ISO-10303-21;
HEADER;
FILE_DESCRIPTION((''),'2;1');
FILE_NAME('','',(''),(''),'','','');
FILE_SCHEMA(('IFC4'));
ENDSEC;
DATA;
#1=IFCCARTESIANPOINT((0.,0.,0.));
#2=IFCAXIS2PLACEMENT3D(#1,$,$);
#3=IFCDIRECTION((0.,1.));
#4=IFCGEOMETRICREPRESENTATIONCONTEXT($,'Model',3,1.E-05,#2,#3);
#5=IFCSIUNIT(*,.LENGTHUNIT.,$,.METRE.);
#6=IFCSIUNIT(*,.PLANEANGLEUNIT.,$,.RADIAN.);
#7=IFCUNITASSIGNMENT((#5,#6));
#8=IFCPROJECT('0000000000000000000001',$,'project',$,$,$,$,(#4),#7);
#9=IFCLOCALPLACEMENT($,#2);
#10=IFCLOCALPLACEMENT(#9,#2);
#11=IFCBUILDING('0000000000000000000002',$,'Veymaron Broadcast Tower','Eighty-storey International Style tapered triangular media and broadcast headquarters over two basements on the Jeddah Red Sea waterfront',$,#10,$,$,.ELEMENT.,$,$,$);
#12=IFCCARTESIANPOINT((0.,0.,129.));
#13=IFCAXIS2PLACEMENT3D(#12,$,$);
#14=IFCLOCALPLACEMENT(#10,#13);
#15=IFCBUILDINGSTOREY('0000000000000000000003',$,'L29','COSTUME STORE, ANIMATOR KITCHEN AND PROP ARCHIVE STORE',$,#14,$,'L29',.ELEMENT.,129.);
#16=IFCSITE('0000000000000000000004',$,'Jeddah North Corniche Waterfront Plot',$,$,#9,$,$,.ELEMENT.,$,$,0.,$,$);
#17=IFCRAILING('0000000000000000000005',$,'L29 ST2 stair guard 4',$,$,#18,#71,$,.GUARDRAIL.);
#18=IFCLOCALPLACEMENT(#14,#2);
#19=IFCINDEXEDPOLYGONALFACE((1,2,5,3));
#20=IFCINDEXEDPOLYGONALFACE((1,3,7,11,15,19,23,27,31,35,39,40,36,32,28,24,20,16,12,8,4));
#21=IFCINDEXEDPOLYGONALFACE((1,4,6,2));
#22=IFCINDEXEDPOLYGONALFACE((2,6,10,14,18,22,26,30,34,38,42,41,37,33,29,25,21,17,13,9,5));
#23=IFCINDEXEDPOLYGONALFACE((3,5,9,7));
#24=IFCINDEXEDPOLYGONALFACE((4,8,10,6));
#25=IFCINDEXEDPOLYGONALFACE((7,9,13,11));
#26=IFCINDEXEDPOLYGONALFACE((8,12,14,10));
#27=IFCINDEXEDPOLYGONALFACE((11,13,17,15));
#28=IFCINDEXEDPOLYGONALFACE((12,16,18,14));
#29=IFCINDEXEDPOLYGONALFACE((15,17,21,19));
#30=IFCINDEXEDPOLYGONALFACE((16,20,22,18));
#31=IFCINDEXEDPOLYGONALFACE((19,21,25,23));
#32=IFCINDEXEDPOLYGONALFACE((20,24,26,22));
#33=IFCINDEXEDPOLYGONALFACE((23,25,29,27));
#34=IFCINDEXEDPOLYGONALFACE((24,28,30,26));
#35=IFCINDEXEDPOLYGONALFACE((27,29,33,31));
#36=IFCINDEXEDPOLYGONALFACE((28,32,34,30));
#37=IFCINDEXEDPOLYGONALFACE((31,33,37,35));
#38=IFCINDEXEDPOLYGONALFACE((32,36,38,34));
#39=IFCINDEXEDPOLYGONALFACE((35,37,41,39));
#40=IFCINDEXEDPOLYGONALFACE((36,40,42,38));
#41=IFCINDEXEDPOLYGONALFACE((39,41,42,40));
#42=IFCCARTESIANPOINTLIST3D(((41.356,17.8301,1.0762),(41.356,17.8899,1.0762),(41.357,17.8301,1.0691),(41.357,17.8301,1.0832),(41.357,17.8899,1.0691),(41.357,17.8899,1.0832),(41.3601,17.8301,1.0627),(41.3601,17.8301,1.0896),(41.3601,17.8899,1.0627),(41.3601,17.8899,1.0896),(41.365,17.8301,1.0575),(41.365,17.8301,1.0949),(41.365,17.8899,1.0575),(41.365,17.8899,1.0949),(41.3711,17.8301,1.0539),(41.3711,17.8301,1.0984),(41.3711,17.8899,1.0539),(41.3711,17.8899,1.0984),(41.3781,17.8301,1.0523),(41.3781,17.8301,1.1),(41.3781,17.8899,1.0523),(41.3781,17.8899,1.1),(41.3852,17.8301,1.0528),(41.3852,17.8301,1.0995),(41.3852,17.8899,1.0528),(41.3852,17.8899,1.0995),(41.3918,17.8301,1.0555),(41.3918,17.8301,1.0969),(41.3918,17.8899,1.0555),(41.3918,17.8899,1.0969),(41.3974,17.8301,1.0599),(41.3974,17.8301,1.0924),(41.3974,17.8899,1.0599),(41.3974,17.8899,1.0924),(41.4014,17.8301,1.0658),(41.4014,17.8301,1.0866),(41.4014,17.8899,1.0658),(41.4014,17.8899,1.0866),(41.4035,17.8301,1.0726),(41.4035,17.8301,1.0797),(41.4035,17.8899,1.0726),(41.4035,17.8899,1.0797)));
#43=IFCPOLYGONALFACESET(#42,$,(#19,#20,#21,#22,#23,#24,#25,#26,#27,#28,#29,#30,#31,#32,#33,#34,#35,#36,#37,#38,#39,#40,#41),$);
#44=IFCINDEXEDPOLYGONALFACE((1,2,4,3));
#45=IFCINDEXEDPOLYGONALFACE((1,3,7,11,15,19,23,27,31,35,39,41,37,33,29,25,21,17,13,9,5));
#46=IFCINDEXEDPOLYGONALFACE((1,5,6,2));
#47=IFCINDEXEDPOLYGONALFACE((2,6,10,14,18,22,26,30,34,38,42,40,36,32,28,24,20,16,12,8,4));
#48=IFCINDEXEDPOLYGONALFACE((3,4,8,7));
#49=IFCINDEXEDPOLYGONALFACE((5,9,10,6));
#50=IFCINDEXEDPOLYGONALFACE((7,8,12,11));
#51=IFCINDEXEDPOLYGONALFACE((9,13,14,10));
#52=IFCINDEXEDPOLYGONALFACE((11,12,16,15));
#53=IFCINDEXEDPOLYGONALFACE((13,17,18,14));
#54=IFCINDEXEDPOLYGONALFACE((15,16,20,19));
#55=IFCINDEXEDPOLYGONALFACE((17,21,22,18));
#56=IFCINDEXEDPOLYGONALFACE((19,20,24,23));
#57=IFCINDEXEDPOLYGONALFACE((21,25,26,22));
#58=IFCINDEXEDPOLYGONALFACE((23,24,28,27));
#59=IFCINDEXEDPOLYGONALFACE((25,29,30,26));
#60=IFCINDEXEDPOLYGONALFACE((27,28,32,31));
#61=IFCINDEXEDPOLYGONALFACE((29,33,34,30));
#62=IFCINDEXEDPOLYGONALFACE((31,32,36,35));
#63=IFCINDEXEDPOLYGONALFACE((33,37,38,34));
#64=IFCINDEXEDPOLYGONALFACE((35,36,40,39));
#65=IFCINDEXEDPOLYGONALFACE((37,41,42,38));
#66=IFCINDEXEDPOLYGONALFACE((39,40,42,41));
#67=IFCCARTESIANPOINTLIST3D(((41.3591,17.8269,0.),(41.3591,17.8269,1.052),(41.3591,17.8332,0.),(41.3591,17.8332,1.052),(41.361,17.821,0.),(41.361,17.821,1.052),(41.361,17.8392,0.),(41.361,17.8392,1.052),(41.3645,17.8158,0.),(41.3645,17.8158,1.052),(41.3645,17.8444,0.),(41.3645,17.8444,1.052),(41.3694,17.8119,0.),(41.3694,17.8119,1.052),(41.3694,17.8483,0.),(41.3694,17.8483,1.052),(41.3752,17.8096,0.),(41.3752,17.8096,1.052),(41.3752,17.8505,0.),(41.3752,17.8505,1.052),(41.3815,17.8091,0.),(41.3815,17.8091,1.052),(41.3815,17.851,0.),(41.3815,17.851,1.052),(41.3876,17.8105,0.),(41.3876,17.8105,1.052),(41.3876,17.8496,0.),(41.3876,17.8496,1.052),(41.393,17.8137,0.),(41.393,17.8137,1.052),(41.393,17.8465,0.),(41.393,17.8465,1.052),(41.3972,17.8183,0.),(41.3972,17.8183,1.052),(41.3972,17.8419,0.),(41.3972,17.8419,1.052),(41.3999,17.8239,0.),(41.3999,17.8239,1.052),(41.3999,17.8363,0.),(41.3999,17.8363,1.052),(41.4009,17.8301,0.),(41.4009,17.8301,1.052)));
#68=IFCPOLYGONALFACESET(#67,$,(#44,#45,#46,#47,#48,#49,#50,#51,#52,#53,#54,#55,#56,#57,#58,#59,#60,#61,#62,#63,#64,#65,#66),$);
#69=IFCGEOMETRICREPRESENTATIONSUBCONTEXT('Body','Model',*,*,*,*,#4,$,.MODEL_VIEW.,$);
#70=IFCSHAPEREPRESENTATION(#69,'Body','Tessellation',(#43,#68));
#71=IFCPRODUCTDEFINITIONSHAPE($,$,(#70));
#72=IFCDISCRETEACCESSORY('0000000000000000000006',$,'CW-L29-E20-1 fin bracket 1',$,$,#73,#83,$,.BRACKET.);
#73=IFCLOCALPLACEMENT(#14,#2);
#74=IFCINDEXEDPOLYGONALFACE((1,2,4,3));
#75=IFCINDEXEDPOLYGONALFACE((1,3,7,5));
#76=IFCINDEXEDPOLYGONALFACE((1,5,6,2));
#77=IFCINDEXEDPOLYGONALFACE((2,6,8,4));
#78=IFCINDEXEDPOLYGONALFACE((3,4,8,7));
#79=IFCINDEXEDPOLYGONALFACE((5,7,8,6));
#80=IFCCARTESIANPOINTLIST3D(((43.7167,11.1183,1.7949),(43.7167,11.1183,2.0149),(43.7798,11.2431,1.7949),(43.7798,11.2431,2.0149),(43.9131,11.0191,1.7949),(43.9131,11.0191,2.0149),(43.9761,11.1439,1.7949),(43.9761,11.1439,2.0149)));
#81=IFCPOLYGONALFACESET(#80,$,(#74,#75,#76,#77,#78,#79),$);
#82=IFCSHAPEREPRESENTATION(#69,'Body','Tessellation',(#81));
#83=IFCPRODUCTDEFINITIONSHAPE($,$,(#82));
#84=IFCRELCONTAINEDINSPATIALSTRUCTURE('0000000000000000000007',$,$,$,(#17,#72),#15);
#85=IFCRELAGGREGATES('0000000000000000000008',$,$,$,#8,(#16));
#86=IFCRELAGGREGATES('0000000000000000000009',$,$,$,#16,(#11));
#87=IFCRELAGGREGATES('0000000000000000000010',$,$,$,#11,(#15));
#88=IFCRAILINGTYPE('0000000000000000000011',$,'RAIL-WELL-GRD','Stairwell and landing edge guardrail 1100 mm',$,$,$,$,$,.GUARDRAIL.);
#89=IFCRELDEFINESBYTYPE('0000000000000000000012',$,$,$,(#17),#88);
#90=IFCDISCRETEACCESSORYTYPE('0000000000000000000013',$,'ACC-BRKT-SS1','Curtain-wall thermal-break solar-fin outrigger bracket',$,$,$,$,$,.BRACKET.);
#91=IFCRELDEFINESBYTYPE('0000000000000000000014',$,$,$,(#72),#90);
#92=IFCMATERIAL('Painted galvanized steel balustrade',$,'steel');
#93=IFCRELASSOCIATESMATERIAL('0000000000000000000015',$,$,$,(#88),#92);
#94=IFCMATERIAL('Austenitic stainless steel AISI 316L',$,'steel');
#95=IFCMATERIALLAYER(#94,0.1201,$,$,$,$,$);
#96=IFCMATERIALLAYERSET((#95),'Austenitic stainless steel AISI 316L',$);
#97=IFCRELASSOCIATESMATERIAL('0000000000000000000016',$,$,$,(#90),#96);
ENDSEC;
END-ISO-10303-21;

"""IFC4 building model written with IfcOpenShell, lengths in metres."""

from ifc_helpers import new_model, si_unit, direction, frame, origin, origin_2d, place, context, subcontext, project, spatial, rectangle, circle, extrude, material, layer, layer_set, type_object, element, save


model = new_model("IFC4")

# Units and contexts
model_context = context("Model", 3, precision=1e-05, world=origin(), true_north=direction((0.0, 1.0)))
body_context = subcontext(model_context, "Body", "Model", "MODEL_VIEW")
ifc_project = project(units=[si_unit("LENGTHUNIT", "METRE"), si_unit("PLANEANGLEUNIT", "RADIAN")], contexts=[model_context])

# Site, building, storey
site_placement = place(None, origin())
site = spatial("IfcSite", under=ifc_project, at=site_placement, Name="Jeddah North Corniche Waterfront Plot", CompositionType="ELEMENT", RefElevation=0.0)
building_placement = place(site_placement, origin())
building = spatial("IfcBuilding", under=site, at=building_placement, Name="Veymaron Broadcast Tower", Description="Eighty-storey International Style tapered triangular media and broadcast headquarters over two basements on the Jeddah Red Sea waterfront", CompositionType="ELEMENT")
storey_placement = place(building_placement, frame((0.0, 0.0, 129.0)))
storey = spatial("IfcBuildingStorey", under=building, at=storey_placement, Name="L29", Description="COSTUME STORE, ANIMATOR KITCHEN AND PROP ARCHIVE STORE", LongName="L29", CompositionType="ELEMENT", Elevation=129.0)

# Railing
ifc_material_1 = material(Name="Painted galvanized steel balustrade", Category="steel")
railing_type_1 = type_object("IfcRailingType", Name="RAIL-WELL-GRD", Description="Stairwell and landing edge guardrail 1100 mm", PredefinedType="GUARDRAIL", material=ifc_material_1)
railing_1_placement = place(storey_placement, frame((41.3799, 17.8301, 0.0)))
element("IfcRailing", 1, at=railing_1_placement, inside=storey, type_object=railing_type_1, Name="L29 ST2 stair guard 4", PredefinedType="GUARDRAIL", context=body_context, shape_type="SweptSolid", body=[
    extrude(circle(Radius=0.0239, at=origin_2d()), frame((0.0, 0.0, 1.0762), z_axis=(0.0, 1.0, 0.0), x_axis=(-1.0, 0.0, 0.0)), (0.0, 0.0, 1.0), 0.0598),
    extrude(circle(Radius=0.021, at=origin_2d()), origin(), (0.0, 0.0, 1.0), 1.052),
])

# Discrete accessory
ifc_material_2 = material(Name="Austenitic stainless steel AISI 316L", Category="steel")
ifc_layer_1 = layer(ifc_material_2, 0.1201)
ifc_layer_set_1 = layer_set([ifc_layer_1], Name="Austenitic stainless steel AISI 316L")
discrete_accessory_type = type_object("IfcDiscreteAccessoryType", Name="ACC-BRKT-SS1", Description="Curtain-wall thermal-break solar-fin outrigger bracket", PredefinedType="BRACKET", material=ifc_layer_set_1)
discrete_accessory_placement = place(storey_placement, frame((43.8464, 11.1311, 1.7949), z_axis=(0.0, 0.0, 1.0), x_axis=(0.89257, -0.450909, 0.0)))
element("IfcDiscreteAccessory", 2, at=discrete_accessory_placement, inside=storey, type_object=discrete_accessory_type, Name="CW-L29-E20-1 fin bracket 1", PredefinedType="BRACKET", context=body_context, shape_type="SweptSolid", body=[
    extrude(rectangle(XDim=0.22, YDim=0.1399, at=origin_2d()), origin(), (0.0, 0.0, 1.0), 0.22),
])

save(model, "model.ifc")
